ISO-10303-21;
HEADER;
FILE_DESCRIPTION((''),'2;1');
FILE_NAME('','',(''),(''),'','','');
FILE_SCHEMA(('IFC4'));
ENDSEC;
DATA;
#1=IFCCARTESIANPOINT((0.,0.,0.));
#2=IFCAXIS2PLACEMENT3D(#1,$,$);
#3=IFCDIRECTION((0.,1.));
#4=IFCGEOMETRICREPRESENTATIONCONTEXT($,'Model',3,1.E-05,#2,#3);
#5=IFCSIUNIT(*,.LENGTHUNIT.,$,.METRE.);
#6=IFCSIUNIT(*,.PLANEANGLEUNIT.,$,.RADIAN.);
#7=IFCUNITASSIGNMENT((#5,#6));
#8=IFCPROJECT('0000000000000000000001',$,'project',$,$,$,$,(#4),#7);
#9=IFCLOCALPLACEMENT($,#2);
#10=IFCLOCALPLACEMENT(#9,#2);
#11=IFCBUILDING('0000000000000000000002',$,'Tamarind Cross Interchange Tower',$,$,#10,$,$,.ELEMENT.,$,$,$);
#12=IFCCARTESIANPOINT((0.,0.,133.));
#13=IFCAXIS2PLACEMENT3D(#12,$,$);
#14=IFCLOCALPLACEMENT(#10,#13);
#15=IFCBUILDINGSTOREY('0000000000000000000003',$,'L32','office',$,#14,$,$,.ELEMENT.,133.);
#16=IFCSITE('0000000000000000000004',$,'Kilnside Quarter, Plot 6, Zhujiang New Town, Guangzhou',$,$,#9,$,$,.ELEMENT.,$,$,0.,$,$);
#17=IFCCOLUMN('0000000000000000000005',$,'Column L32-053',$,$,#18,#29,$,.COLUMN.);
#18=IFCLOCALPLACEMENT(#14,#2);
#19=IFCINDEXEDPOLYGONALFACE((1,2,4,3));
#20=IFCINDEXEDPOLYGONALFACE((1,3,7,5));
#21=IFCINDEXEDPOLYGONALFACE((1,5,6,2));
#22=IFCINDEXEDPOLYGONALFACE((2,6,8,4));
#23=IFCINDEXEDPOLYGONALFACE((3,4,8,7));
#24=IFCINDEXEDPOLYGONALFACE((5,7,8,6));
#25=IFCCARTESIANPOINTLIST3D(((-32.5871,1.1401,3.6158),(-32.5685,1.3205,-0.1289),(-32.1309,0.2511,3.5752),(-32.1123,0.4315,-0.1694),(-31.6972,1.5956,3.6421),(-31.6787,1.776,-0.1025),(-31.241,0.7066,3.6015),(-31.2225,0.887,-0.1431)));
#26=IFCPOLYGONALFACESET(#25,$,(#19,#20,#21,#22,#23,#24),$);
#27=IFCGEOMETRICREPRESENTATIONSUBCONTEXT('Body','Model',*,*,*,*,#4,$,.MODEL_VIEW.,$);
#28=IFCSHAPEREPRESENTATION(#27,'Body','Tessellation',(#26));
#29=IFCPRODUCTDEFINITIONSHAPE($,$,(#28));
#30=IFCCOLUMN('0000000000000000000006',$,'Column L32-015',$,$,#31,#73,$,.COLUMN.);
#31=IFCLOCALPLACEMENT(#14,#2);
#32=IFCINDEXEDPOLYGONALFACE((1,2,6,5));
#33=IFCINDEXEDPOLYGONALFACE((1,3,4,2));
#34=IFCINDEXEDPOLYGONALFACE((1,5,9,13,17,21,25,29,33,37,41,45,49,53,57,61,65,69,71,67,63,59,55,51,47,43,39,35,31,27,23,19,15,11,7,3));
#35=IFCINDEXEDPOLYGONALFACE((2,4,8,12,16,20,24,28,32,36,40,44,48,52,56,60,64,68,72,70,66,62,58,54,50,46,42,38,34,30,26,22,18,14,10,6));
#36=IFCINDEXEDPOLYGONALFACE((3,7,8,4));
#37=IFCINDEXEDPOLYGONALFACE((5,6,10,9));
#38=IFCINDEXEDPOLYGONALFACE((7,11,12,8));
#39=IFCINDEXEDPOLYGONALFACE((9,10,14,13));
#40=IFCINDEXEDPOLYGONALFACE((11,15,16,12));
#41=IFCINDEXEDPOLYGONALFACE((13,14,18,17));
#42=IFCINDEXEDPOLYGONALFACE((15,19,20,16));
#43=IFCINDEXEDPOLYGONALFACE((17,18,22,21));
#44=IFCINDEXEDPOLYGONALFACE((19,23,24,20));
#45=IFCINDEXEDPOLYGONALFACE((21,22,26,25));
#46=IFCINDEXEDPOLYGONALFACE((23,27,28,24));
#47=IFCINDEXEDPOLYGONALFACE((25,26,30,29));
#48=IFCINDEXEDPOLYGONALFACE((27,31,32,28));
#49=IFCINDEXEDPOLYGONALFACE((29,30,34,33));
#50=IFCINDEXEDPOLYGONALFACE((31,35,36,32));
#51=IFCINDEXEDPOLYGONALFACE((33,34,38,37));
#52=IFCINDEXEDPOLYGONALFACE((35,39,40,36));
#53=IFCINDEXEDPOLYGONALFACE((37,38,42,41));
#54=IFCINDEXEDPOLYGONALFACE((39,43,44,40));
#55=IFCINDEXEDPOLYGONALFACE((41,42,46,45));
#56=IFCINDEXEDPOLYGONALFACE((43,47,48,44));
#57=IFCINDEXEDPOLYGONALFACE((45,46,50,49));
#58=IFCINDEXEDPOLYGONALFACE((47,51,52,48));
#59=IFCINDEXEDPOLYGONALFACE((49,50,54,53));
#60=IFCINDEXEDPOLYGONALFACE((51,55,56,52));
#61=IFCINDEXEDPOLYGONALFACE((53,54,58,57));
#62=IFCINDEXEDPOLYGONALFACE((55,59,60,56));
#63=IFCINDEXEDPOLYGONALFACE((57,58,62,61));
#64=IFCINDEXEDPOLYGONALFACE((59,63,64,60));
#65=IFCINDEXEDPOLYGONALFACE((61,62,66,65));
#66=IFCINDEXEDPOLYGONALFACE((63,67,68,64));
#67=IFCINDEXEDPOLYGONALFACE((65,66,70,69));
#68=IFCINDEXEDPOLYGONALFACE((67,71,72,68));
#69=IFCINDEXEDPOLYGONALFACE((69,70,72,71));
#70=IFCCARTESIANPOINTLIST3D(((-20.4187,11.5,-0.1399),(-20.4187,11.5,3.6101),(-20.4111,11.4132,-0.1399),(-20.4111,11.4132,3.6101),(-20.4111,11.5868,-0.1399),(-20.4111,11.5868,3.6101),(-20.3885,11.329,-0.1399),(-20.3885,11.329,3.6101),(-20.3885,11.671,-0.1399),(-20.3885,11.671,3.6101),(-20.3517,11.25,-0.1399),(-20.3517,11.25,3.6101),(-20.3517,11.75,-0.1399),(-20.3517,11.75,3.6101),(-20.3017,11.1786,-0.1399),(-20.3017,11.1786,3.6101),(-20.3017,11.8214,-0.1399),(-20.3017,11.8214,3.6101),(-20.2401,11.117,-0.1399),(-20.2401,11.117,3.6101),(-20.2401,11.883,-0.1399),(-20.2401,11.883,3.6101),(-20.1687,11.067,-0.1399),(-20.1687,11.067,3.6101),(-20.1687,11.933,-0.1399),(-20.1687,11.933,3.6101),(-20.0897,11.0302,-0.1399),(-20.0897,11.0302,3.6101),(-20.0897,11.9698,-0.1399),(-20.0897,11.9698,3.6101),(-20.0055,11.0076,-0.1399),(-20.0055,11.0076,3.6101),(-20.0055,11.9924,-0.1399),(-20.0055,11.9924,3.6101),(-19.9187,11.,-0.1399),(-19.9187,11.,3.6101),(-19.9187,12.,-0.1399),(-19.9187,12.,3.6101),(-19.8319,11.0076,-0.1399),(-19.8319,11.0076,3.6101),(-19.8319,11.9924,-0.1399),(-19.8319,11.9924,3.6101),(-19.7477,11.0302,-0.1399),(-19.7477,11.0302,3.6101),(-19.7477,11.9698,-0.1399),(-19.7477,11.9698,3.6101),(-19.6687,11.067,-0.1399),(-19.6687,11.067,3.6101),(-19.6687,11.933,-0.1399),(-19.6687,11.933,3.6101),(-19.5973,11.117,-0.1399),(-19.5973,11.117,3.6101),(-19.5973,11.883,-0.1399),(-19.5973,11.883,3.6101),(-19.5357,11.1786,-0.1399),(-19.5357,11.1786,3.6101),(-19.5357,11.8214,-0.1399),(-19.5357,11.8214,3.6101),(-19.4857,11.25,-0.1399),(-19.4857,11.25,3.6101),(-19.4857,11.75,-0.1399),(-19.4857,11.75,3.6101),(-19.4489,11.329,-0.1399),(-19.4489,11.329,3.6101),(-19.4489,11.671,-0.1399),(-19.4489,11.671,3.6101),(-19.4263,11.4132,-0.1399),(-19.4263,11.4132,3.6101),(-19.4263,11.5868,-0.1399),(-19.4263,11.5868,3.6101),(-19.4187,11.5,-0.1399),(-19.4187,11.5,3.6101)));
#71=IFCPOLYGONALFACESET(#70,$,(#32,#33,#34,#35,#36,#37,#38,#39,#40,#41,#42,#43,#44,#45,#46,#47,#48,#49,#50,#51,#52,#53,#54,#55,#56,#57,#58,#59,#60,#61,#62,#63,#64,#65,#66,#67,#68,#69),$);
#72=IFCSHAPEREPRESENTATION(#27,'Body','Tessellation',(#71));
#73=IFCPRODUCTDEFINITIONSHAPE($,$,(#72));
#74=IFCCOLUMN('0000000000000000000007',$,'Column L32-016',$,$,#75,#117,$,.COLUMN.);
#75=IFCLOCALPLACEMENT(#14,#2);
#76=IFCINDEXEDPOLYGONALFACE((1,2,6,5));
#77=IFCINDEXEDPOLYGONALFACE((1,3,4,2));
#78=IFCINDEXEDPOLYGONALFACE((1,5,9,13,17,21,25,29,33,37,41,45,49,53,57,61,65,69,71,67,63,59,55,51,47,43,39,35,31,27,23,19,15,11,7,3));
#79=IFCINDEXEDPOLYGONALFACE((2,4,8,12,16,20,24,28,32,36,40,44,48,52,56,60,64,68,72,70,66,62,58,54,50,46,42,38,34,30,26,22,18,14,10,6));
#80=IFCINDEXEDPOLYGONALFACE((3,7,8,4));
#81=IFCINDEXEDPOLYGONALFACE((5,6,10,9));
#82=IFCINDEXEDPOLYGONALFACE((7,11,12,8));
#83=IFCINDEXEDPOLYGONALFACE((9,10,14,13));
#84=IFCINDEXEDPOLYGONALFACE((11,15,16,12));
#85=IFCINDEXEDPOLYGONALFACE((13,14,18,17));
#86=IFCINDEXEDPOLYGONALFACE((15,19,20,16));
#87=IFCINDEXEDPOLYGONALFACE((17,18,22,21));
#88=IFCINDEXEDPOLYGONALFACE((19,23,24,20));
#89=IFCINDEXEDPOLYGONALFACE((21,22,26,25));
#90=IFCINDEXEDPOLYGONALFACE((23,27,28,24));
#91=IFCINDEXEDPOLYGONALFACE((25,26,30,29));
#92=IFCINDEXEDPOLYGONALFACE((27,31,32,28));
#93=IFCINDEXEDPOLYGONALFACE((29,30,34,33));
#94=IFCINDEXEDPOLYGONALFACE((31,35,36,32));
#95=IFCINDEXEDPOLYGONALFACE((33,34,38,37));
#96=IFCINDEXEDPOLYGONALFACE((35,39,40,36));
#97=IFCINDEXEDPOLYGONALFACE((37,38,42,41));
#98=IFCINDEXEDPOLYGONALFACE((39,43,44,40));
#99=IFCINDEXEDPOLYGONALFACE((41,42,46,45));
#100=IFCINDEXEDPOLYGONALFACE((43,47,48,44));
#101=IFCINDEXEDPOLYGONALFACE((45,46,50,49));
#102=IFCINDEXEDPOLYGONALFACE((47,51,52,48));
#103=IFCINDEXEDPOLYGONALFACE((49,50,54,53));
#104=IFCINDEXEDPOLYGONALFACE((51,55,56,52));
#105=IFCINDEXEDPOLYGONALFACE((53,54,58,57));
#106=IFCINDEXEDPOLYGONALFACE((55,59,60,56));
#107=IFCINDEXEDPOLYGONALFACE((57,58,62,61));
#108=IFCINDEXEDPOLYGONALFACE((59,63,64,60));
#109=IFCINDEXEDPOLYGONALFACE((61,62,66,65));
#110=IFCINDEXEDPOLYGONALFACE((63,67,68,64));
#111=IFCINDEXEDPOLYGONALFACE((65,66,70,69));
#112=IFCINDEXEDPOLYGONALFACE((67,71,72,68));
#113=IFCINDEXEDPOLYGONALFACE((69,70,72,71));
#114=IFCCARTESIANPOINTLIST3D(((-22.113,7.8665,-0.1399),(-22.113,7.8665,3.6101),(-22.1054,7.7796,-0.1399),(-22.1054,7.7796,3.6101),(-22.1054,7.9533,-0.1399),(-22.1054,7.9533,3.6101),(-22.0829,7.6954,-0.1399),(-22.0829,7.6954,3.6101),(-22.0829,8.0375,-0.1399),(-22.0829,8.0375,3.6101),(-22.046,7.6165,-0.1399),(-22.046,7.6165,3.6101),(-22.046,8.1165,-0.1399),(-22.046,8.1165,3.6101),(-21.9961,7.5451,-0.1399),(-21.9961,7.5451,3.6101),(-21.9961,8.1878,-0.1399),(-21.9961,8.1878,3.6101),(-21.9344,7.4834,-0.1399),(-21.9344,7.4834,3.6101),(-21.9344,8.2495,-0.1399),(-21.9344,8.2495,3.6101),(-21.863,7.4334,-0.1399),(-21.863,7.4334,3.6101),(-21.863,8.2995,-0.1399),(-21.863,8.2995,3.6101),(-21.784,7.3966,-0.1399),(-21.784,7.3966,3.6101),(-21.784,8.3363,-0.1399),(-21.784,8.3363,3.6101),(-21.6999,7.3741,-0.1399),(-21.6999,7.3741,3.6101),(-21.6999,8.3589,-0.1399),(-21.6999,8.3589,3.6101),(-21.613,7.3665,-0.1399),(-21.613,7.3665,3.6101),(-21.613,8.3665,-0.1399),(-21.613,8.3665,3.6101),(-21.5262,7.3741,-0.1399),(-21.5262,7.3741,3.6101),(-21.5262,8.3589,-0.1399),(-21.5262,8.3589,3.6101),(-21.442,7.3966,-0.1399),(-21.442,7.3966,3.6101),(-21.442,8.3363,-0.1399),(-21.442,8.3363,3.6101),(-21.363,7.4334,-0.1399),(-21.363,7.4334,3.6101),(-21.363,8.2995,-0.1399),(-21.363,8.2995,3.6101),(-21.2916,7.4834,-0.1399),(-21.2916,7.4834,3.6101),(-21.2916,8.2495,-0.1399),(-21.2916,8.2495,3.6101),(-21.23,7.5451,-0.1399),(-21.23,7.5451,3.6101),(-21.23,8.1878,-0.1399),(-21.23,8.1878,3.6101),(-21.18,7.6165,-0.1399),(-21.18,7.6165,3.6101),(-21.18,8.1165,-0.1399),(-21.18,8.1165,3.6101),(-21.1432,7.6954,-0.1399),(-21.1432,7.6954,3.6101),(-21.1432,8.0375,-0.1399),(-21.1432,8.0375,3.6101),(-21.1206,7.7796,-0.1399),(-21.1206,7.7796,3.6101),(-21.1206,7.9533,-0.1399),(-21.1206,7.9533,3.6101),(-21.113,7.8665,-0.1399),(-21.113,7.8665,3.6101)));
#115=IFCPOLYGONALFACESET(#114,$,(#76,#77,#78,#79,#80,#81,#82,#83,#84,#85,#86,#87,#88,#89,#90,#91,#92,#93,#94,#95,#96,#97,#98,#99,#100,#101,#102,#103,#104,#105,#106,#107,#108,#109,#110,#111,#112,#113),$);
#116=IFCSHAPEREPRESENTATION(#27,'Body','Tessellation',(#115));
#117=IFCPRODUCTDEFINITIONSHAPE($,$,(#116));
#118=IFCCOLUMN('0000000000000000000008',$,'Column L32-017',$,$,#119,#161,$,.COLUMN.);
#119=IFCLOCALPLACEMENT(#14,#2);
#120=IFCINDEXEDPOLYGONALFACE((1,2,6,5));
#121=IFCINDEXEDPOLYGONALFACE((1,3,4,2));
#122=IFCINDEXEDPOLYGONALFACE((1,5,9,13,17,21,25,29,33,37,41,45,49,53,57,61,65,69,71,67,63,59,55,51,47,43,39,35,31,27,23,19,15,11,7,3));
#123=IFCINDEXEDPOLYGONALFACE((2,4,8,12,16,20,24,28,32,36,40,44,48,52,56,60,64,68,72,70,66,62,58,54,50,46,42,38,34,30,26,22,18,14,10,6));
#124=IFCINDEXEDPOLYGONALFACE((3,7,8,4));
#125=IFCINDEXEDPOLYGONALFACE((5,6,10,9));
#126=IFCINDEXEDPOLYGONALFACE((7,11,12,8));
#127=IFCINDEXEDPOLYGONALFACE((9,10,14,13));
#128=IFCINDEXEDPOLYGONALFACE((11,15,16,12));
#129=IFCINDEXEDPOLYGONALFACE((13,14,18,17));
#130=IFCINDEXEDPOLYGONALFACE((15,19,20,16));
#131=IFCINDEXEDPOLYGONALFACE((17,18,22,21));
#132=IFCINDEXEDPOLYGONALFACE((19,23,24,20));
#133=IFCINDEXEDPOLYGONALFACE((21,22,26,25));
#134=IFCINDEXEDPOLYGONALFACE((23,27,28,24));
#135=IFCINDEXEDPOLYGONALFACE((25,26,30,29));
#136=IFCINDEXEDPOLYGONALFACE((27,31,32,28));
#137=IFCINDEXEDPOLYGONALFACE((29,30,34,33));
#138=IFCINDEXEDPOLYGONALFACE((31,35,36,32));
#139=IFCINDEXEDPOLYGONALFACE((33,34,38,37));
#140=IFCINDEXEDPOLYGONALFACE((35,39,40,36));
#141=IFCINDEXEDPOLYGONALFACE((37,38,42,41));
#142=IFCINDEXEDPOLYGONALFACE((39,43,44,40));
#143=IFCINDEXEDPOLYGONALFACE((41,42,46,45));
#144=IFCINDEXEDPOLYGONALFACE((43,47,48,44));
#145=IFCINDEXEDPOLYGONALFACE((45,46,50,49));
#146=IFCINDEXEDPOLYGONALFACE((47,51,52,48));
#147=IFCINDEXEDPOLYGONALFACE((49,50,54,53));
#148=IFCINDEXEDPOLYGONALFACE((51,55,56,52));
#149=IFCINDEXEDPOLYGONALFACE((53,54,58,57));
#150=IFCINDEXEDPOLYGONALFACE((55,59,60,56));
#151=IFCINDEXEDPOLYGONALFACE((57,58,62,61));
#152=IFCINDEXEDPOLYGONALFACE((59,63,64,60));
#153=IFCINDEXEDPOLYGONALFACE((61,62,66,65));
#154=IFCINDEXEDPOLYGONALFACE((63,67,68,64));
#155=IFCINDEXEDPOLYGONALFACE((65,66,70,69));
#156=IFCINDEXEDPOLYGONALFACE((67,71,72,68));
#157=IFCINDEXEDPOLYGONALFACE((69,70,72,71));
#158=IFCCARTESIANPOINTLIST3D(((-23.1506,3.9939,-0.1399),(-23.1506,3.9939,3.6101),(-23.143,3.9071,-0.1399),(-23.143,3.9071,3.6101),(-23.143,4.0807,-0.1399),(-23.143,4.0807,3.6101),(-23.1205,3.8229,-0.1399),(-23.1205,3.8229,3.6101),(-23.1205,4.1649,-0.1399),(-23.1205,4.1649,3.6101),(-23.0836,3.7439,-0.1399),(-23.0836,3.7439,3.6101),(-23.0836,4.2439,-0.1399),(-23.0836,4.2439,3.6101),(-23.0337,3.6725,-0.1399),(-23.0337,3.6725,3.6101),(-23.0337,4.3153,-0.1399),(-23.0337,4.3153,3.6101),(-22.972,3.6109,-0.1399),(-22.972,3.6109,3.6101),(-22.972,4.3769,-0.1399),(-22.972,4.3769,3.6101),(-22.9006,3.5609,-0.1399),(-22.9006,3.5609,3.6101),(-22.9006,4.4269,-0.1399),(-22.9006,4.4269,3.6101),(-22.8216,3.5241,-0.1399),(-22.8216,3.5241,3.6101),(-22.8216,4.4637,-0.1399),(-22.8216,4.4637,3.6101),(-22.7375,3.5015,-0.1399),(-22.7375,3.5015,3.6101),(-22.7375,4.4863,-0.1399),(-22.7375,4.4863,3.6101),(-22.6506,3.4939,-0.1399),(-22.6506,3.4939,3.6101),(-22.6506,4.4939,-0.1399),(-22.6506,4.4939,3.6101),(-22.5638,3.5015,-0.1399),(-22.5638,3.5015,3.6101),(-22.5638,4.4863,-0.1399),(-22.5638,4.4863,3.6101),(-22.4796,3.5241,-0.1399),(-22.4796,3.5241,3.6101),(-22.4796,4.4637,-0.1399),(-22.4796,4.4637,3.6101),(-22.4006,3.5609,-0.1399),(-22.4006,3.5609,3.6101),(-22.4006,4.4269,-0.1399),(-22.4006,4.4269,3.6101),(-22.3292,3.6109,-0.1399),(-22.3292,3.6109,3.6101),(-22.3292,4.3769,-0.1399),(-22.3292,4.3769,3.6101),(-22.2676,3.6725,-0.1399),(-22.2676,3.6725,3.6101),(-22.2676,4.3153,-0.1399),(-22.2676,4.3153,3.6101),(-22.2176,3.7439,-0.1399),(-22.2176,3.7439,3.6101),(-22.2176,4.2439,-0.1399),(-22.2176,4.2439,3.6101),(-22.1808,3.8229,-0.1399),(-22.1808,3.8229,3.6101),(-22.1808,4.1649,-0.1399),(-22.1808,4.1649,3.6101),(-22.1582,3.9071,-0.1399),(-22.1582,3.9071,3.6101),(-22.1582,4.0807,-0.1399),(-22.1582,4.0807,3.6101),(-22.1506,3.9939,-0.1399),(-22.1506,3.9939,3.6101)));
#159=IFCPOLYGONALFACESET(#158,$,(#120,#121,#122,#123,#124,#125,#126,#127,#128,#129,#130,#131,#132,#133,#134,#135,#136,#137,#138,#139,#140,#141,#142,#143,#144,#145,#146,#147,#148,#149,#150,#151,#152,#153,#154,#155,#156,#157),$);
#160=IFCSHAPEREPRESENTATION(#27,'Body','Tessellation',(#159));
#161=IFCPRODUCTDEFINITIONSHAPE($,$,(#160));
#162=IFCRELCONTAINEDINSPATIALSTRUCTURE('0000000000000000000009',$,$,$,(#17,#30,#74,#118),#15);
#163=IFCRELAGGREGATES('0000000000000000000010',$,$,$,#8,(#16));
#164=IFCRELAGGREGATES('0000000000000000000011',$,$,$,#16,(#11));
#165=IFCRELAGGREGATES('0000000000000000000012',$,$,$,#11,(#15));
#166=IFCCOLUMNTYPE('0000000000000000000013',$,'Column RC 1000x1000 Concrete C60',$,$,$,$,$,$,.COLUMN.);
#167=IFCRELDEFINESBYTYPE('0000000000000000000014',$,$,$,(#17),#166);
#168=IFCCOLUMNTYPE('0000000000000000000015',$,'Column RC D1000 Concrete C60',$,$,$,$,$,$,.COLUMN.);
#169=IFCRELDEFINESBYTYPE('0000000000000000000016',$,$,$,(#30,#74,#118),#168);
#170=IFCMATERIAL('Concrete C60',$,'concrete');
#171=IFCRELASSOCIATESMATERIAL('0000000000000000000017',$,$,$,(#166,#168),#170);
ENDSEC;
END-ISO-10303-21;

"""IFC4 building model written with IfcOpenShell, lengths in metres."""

from ifc_helpers import new_model, si_unit, direction, frame, origin, origin_2d, place, context, subcontext, project, spatial, rectangle, circle, extrude, material, material_profile, profile_set, type_object, element, save


model = new_model("IFC4")

# Units and contexts
model_context = context("Model", 3, precision=1e-05, world=origin(), true_north=direction((0.0, 1.0)))
body_context = subcontext(model_context, "Body", "Model", "MODEL_VIEW")
ifc_project = project(units=[si_unit("LENGTHUNIT", "METRE"), si_unit("PLANEANGLEUNIT", "RADIAN")], contexts=[model_context])

# Site, building, storey
site_placement = place(None, origin())
site = spatial("IfcSite", under=ifc_project, at=site_placement, Name="Kilnside Quarter, Plot 6, Zhujiang New Town, Guangzhou", CompositionType="ELEMENT", RefElevation=0.0)
building_placement = place(site_placement, origin())
building = spatial("IfcBuilding", under=site, at=building_placement, Name="Tamarind Cross Interchange Tower", CompositionType="ELEMENT")
storey_placement = place(building_placement, frame((0.0, 0.0, 133.0)))
storey = spatial("IfcBuildingStorey", under=building, at=storey_placement, Name="L32", Description="office", CompositionType="ELEMENT", Elevation=133.0)

# Columns
ifc_material_1 = material(Name="Concrete C60", Category="concrete")
ifc_material_profile_1 = material_profile(ifc_material_1, rectangle(XDim=1.0, YDim=1.0, at=origin_2d()), Name="RC 1000x1000")
ifc_profile_set_1 = profile_set([ifc_material_profile_1], Name="Concrete C60")
column_type_1 = type_object("IfcColumnType", Name="Column RC 1000x1000 Concrete C60", PredefinedType="COLUMN", material=ifc_profile_set_1)
column_placement = place(storey_placement, frame((-31.8955, 1.1038, -0.136), z_axis=(-0.004949, -0.048125, 0.998829), x_axis=(0.889859, 0.455475, 0.026354)))
element("IfcColumn", 1, at=column_placement, inside=storey, type_object=column_type_1, Name="Column L32-053", PredefinedType="COLUMN", context=body_context, shape_type="SweptSolid", body=[
    extrude(rectangle(XDim=1.0, YDim=1.0, at=origin_2d()), origin(), (0.0, 0.0, 1.0), 3.749),
])
ifc_material_profile_2 = material_profile(ifc_material_1, circle(Radius=0.5, at=origin_2d()), Name="RC D1000")
ifc_profile_set_2 = profile_set([ifc_material_profile_2], Name="Concrete C60")
column_type_2 = type_object("IfcColumnType", Name="Column RC D1000 Concrete C60", PredefinedType="COLUMN", material=ifc_profile_set_2)
for number, where, z_axis, x_axis, name in (
    (2, (-19.9187, 11.5, -0.1399), (0.0, 0.0, 1.0), (1.0, 0.0, 0.0), "Column L32-015"),
    (3, (-21.613, 7.8665, -0.1399), (0.0, 0.0, 1.0), (1.0, 0.0, 0.0), "Column L32-016"),
    (4, (-22.6506, 3.9939, -0.1399), (0.0, 0.0, 1.0), (1.0, 0.0, 0.0), "Column L32-017"),
):
    element("IfcColumn", number, at=place(storey_placement, frame(where, z_axis=z_axis, x_axis=x_axis)), inside=storey, type_object=column_type_2, Name=name, PredefinedType="COLUMN", context=body_context, shape_type="SweptSolid", body=[
        extrude(circle(Radius=0.5, at=origin_2d()), origin(), (0.0, 0.0, 1.0), 3.75),
    ])

save(model, "model.ifc")
